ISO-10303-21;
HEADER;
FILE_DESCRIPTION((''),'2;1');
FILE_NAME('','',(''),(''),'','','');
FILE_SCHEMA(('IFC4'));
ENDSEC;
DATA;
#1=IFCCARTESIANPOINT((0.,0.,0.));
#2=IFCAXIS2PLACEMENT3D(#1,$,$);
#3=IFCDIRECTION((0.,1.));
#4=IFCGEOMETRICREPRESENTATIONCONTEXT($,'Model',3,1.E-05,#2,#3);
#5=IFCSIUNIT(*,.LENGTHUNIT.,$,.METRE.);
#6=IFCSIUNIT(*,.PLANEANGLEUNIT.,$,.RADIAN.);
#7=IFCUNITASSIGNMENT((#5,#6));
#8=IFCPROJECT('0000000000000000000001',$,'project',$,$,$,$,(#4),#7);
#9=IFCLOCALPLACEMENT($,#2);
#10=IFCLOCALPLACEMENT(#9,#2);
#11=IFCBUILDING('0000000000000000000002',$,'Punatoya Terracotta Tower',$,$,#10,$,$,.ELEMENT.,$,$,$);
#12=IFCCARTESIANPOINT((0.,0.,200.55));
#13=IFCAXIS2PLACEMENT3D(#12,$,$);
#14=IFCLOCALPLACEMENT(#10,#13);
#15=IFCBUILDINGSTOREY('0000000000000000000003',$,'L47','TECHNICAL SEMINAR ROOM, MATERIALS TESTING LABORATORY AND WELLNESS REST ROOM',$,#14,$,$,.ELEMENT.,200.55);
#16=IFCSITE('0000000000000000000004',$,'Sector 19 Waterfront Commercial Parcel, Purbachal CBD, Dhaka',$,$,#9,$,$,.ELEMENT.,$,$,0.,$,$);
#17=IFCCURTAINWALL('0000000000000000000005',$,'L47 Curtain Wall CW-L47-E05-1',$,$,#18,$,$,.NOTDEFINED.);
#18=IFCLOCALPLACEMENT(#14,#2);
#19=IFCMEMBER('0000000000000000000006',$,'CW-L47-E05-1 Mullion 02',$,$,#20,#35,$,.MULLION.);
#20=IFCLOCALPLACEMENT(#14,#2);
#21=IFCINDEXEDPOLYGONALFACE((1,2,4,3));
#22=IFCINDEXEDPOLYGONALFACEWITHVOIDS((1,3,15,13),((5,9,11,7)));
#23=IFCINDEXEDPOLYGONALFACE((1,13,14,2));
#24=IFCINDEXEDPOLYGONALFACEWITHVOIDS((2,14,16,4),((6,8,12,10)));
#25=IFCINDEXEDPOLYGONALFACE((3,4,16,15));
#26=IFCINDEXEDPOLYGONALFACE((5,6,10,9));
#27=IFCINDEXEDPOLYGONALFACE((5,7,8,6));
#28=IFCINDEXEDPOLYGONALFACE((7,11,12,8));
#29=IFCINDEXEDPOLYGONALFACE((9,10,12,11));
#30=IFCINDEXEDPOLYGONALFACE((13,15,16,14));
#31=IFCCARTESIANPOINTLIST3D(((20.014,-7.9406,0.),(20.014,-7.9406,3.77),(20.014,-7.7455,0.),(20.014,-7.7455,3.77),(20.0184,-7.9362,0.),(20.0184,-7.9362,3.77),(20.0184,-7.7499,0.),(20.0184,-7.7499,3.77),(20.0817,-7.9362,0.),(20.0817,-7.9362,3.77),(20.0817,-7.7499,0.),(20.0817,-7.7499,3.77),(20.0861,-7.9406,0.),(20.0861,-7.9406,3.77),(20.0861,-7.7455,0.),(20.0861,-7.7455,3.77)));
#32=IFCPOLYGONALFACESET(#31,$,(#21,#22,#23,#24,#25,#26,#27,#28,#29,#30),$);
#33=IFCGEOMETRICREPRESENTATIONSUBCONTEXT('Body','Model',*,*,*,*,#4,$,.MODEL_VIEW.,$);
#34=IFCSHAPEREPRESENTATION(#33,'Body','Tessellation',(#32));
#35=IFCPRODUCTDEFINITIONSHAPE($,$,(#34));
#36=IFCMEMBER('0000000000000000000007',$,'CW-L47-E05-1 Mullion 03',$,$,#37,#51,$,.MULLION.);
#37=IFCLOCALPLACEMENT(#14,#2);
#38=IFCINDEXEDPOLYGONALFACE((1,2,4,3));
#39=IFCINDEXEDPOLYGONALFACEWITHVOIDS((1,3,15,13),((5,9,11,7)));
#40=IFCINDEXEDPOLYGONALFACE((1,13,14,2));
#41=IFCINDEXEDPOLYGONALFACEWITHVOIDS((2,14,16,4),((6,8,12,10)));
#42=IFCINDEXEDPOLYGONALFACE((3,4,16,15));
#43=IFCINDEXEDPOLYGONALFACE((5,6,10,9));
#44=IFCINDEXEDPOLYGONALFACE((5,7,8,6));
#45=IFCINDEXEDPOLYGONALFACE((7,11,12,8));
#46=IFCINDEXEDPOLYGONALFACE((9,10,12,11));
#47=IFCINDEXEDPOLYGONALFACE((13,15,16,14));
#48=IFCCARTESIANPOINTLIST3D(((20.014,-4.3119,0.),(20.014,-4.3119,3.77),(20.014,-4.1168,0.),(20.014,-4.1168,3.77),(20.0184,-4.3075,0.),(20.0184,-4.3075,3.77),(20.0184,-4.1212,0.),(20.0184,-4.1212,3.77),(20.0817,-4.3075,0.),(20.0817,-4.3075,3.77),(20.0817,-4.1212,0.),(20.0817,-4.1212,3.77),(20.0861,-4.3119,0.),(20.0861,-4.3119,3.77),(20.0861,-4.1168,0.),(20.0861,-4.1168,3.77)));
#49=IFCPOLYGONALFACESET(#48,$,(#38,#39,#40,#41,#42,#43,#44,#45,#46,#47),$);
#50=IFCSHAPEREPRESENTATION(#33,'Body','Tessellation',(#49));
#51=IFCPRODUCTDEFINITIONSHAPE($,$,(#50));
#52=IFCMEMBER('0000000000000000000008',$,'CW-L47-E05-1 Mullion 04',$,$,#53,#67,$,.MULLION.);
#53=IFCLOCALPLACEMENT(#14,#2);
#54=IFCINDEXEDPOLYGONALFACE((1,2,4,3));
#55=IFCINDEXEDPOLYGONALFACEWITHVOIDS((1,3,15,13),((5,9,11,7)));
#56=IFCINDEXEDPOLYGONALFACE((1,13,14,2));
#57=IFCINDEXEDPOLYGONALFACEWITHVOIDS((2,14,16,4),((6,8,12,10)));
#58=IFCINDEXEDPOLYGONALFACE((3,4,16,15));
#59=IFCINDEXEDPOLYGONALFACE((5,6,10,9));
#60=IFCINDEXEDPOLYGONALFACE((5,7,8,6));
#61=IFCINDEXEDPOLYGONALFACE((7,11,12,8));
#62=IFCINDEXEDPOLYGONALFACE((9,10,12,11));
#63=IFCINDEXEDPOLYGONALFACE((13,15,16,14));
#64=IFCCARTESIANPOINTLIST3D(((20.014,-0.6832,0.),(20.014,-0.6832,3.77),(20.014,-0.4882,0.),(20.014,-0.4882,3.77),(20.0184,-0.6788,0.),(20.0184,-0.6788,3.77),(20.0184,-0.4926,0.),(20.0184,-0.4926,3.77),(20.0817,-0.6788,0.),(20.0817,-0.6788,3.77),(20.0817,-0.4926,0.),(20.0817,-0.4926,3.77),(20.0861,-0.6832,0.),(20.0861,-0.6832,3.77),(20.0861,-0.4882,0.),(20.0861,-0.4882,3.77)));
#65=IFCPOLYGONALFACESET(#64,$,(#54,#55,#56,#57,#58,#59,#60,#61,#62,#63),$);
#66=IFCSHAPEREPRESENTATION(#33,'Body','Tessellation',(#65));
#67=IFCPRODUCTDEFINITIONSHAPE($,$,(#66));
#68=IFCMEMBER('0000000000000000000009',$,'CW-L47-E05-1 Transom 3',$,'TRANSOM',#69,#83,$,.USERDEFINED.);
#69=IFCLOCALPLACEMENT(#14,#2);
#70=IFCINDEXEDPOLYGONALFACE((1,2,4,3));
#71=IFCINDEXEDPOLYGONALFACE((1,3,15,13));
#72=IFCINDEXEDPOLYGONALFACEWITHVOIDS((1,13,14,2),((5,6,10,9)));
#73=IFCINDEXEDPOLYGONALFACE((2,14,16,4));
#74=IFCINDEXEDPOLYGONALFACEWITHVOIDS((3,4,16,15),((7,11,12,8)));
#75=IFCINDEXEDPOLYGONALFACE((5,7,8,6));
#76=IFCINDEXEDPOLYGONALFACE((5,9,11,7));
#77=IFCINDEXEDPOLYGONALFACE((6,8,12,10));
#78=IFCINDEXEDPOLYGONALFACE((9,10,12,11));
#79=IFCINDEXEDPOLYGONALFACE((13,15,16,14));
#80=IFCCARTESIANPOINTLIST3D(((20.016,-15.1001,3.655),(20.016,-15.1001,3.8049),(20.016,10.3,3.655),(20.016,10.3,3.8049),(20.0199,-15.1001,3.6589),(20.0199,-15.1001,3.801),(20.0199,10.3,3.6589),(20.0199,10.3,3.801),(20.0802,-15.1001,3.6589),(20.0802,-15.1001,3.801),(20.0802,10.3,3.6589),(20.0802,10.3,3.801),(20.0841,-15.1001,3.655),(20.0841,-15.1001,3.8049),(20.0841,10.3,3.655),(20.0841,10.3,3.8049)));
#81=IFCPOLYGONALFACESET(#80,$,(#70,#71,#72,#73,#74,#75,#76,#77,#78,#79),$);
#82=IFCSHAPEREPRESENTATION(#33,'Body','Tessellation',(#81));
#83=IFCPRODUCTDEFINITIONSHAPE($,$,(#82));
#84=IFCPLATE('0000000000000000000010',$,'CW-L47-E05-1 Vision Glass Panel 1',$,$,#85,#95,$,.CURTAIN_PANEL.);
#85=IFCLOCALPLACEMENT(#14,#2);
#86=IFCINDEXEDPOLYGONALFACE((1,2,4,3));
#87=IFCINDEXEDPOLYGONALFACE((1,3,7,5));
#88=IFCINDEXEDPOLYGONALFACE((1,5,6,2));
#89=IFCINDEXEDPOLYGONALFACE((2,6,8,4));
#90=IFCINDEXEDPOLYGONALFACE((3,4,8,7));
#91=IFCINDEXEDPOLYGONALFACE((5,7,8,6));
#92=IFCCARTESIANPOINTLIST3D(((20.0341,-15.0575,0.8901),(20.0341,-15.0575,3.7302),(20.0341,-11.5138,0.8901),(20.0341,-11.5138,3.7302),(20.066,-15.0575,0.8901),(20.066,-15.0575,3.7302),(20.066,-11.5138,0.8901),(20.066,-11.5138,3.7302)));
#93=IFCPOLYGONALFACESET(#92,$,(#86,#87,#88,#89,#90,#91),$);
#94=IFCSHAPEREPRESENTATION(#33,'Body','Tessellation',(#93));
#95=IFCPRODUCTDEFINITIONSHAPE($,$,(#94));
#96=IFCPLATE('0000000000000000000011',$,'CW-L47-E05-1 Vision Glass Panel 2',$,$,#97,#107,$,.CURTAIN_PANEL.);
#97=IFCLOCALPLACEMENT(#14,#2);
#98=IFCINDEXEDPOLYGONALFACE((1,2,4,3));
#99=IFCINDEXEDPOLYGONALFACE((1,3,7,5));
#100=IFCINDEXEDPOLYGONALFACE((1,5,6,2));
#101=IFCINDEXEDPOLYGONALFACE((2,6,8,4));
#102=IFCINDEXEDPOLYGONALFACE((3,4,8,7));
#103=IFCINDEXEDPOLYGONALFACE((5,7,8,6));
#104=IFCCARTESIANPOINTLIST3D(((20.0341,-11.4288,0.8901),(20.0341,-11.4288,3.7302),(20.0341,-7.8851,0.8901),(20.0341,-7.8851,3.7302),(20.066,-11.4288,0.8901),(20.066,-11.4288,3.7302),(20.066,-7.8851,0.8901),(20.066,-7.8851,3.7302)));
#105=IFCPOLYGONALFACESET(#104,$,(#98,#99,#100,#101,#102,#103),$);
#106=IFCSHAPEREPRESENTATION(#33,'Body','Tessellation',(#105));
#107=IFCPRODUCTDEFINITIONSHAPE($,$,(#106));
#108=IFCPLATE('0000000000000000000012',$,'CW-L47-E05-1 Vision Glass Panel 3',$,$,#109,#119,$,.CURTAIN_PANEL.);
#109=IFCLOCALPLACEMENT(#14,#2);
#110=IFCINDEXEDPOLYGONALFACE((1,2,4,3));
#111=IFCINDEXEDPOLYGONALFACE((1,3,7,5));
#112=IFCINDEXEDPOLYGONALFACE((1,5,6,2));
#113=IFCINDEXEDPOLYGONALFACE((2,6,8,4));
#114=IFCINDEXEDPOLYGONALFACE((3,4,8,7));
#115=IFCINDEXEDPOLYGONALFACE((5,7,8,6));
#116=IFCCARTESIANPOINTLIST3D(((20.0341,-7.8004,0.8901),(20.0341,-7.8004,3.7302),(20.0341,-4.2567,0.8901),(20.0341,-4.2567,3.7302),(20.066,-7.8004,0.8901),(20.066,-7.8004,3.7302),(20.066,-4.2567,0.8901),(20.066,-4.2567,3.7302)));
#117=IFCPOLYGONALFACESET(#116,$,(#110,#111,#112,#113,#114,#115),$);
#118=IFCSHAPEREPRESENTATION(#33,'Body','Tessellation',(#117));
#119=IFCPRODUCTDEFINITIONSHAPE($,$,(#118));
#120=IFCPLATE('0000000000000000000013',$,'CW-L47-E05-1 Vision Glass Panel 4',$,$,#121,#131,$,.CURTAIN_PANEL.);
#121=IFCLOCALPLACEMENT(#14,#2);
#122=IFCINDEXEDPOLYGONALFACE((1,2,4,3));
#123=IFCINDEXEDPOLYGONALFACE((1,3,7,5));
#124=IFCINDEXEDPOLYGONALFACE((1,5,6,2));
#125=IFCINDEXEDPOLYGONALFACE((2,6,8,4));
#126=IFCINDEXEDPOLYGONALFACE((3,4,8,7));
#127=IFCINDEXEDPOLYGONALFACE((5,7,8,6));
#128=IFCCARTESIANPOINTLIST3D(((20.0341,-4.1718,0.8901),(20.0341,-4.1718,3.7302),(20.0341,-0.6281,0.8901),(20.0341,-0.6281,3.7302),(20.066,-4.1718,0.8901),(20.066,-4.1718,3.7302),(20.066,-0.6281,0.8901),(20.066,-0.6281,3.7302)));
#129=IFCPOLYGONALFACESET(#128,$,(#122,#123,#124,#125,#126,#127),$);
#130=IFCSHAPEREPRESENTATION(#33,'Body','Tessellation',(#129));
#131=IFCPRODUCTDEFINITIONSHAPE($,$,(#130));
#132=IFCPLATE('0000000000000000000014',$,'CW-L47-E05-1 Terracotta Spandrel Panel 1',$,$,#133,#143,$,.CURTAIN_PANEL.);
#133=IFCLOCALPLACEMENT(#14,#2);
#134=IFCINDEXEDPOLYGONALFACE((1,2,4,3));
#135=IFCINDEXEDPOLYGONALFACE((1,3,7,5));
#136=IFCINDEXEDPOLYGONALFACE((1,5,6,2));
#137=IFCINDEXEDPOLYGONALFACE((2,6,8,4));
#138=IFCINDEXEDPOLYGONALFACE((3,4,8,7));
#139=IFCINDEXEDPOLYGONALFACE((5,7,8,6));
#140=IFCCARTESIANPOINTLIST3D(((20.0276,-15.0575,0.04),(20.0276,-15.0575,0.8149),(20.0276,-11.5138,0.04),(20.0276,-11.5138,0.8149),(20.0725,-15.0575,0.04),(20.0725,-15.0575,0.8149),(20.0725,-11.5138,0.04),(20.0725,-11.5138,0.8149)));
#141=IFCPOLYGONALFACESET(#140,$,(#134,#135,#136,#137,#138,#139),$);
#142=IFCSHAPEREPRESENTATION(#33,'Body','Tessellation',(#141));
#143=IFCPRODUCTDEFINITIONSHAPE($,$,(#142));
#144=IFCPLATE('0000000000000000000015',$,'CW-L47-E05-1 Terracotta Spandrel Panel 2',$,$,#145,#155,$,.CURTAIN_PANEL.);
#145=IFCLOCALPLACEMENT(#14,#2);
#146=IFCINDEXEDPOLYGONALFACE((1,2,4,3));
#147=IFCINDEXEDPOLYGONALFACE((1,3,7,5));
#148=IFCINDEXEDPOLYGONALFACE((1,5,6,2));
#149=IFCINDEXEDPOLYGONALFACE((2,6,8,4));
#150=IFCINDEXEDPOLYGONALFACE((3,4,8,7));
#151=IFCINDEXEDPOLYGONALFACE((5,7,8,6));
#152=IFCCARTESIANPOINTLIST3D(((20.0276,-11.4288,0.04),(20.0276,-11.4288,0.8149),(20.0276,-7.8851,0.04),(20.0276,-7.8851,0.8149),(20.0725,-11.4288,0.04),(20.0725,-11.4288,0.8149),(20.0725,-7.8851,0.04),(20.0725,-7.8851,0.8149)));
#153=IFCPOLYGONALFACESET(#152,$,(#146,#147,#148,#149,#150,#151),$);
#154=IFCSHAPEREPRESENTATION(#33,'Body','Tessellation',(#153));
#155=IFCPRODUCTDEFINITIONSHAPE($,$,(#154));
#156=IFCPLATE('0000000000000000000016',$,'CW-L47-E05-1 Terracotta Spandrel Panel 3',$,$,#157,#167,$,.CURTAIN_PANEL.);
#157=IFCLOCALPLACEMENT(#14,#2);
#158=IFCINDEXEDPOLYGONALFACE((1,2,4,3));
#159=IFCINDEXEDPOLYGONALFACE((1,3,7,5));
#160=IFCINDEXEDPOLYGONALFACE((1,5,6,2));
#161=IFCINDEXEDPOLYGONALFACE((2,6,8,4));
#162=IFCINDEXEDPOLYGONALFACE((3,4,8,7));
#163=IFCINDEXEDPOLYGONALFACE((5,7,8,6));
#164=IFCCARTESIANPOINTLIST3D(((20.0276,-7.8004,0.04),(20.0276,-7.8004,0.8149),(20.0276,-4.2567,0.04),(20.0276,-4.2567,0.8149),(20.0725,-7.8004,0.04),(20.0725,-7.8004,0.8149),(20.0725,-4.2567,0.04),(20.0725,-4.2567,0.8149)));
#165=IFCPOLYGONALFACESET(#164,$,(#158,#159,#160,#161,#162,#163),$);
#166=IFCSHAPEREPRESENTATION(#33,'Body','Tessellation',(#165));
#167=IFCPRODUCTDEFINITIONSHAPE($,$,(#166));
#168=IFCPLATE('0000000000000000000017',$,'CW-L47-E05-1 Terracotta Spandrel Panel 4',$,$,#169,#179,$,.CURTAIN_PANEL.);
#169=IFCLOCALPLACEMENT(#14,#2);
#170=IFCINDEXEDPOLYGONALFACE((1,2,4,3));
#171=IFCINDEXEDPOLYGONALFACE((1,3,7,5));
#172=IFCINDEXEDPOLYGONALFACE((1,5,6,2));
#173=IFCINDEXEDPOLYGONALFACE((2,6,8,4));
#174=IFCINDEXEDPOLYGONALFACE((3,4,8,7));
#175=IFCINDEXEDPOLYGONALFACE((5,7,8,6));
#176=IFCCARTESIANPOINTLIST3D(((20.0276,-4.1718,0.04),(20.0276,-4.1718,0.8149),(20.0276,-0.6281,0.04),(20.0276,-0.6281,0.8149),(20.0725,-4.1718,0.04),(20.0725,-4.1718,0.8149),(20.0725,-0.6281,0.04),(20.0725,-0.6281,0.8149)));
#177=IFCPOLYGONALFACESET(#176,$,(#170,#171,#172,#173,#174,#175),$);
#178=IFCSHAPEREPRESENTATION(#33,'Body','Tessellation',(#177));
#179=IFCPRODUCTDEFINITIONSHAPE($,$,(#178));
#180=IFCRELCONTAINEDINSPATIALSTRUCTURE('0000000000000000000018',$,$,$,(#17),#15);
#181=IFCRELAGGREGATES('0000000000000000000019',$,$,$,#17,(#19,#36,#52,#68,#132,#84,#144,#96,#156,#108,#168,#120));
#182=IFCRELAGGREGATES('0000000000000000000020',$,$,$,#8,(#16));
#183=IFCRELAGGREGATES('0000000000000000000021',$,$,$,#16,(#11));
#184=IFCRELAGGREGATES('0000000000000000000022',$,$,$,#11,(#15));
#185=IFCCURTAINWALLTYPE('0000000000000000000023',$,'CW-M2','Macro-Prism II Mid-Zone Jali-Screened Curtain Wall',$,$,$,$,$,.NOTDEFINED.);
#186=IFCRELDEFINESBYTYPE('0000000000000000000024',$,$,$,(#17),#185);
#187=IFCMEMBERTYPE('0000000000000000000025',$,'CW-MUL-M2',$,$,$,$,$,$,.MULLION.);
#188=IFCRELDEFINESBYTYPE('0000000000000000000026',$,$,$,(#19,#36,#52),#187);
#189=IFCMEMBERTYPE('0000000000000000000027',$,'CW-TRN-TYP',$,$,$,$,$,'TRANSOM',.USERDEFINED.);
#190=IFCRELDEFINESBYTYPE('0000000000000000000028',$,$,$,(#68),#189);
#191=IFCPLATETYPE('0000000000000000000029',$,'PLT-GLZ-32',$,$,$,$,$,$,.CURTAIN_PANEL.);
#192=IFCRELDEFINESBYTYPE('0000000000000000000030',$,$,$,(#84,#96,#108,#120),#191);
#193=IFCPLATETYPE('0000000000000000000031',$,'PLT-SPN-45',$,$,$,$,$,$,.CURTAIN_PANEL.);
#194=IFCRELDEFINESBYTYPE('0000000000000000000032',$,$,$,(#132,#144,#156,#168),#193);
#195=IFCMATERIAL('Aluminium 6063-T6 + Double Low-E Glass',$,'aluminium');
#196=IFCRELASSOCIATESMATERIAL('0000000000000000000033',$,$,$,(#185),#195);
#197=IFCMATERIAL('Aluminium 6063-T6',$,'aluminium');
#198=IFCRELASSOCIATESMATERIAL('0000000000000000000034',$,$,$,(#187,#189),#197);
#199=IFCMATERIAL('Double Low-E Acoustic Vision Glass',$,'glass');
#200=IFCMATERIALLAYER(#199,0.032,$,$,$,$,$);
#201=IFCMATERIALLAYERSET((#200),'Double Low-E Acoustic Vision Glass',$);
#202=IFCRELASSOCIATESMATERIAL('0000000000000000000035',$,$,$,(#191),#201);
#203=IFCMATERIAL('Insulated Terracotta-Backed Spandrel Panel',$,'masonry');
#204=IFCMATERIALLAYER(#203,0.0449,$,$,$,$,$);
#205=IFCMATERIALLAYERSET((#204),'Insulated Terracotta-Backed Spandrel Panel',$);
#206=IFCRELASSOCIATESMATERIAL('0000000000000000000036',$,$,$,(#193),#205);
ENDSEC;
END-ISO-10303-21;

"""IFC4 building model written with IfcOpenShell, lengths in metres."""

from ifc_helpers import new_model, si_unit, direction, frame, origin, origin_2d, place, context, subcontext, project, spatial, rectangle, hollow_rectangle, extrude, material, layer, layer_set, material_profile, profile_set, type_object, element, aggregate, save


model = new_model("IFC4")

# Units and contexts
model_context = context("Model", 3, precision=1e-05, world=origin(), true_north=direction((0.0, 1.0)))
body_context = subcontext(model_context, "Body", "Model", "MODEL_VIEW")
ifc_project = project(units=[si_unit("LENGTHUNIT", "METRE"), si_unit("PLANEANGLEUNIT", "RADIAN")], contexts=[model_context])

# Site, building, storey
site_placement = place(None, origin())
site = spatial("IfcSite", under=ifc_project, at=site_placement, Name="Sector 19 Waterfront Commercial Parcel, Purbachal CBD, Dhaka", CompositionType="ELEMENT", RefElevation=0.0)
building_placement = place(site_placement, origin())
building = spatial("IfcBuilding", under=site, at=building_placement, Name="Punatoya Terracotta Tower", CompositionType="ELEMENT")
storey_placement = place(building_placement, frame((0.0, 0.0, 200.55)))
storey = spatial("IfcBuildingStorey", under=building, at=storey_placement, Name="L47", Description="TECHNICAL SEMINAR ROOM, MATERIALS TESTING LABORATORY AND WELLNESS REST ROOM", CompositionType="ELEMENT", Elevation=200.55)

# Curtain wall, members, plates
ifc_material_1 = material(Name="Aluminium 6063-T6 + Double Low-E Glass", Category="aluminium")
curtain_wall_type = type_object("IfcCurtainWallType", Name="CW-M2", Description="Macro-Prism II Mid-Zone Jali-Screened Curtain Wall", PredefinedType="NOTDEFINED", material=ifc_material_1)
curtain_wall_placement = place(storey_placement, origin())
curtain_wall = element("IfcCurtainWall", 1, at=curtain_wall_placement, inside=storey, type_object=curtain_wall_type, Name="L47 Curtain Wall CW-L47-E05-1", PredefinedType="NOTDEFINED")
ifc_material_2 = material(Name="Aluminium 6063-T6", Category="aluminium")
ifc_material_profile_1 = material_profile(ifc_material_2, hollow_rectangle(XDim=0.072, YDim=0.1951, WallThickness=0.0044, at=origin_2d()))
ifc_profile_set_1 = profile_set([ifc_material_profile_1], Name="Aluminium 6063-T6")
member_type_1 = type_object("IfcMemberType", Name="CW-MUL-M2", PredefinedType="MULLION", material=ifc_profile_set_1)
member_1_placement = place(storey_placement, frame((20.05, -7.843, 0.0), z_axis=(0.0, 0.0, 1.0), x_axis=(1.0, 0.0, 0.0)))
member_1 = element("IfcMember", 2, at=member_1_placement, type_object=member_type_1, Name="CW-L47-E05-1 Mullion 02", PredefinedType="MULLION", context=body_context, shape_type="SweptSolid", body=[
    extrude(hollow_rectangle(XDim=0.072, YDim=0.1951, WallThickness=0.0044, at=origin_2d()), origin(), (0.0, 0.0, 1.0), 3.77),
])
member_2_placement = place(storey_placement, frame((20.05, -4.2144, 0.0), z_axis=(0.0, 0.0, 1.0), x_axis=(1.0, 0.0, 0.0)))
member_2 = element("IfcMember", 3, at=member_2_placement, type_object=member_type_1, Name="CW-L47-E05-1 Mullion 03", PredefinedType="MULLION", context=body_context, shape_type="SweptSolid", body=[
    extrude(hollow_rectangle(XDim=0.072, YDim=0.1951, WallThickness=0.0044, at=origin_2d()), origin(), (0.0, 0.0, 1.0), 3.77),
])
member_3_placement = place(storey_placement, frame((20.05, -0.5857, 0.0), z_axis=(0.0, 0.0, 1.0), x_axis=(1.0, 0.0, 0.0)))
member_3 = element("IfcMember", 4, at=member_3_placement, type_object=member_type_1, Name="CW-L47-E05-1 Mullion 04", PredefinedType="MULLION", context=body_context, shape_type="SweptSolid", body=[
    extrude(hollow_rectangle(XDim=0.072, YDim=0.1951, WallThickness=0.0044, at=origin_2d()), origin(), (0.0, 0.0, 1.0), 3.77),
])
ifc_material_profile_2 = material_profile(ifc_material_2, hollow_rectangle(XDim=0.0681, YDim=0.1499, WallThickness=0.0039, at=origin_2d()))
ifc_profile_set_2 = profile_set([ifc_material_profile_2], Name="Aluminium 6063-T6")
member_type_2 = type_object("IfcMemberType", Name="CW-TRN-TYP", ElementType="TRANSOM", PredefinedType="USERDEFINED", material=ifc_profile_set_2)
member_4_placement = place(storey_placement, frame((20.05, -15.1001, 3.73), z_axis=(0.0, 1.0, 0.0), x_axis=(-1.0, 0.0, 0.0)))
member_4 = element("IfcMember", 5, at=member_4_placement, type_object=member_type_2, Name="CW-L47-E05-1 Transom 3", ObjectType="TRANSOM", PredefinedType="USERDEFINED", context=body_context, shape_type="SweptSolid", body=[
    extrude(hollow_rectangle(XDim=0.0681, YDim=0.1499, WallThickness=0.0039, at=origin_2d()), origin(), (0.0, 0.0, 1.0), 25.4001),
])
ifc_material_3 = material(Name="Double Low-E Acoustic Vision Glass", Category="glass")
ifc_layer_1 = layer(ifc_material_3, 0.032)
ifc_layer_set_1 = layer_set([ifc_layer_1], Name="Double Low-E Acoustic Vision Glass")
plate_type_1 = type_object("IfcPlateType", Name="PLT-GLZ-32", PredefinedType="CURTAIN_PANEL", material=ifc_layer_set_1)
plate_1_placement = place(storey_placement, frame((20.05, -13.2856, 0.8901), z_axis=(0.0, 0.0, 1.0), x_axis=(0.0, 1.0, 0.0)))
plate_1 = element("IfcPlate", 6, at=plate_1_placement, type_object=plate_type_1, Name="CW-L47-E05-1 Vision Glass Panel 1", PredefinedType="CURTAIN_PANEL", context=body_context, shape_type="SweptSolid", body=[
    extrude(rectangle(XDim=3.5437, YDim=0.032, at=origin_2d()), origin(), (0.0, 0.0, 1.0), 2.8401),
])
plate_2_placement = place(storey_placement, frame((20.05, -9.657, 0.8901), z_axis=(0.0, 0.0, 1.0), x_axis=(0.0, 1.0, 0.0)))
plate_2 = element("IfcPlate", 7, at=plate_2_placement, type_object=plate_type_1, Name="CW-L47-E05-1 Vision Glass Panel 2", PredefinedType="CURTAIN_PANEL", context=body_context, shape_type="SweptSolid", body=[
    extrude(rectangle(XDim=3.5437, YDim=0.032, at=origin_2d()), origin(), (0.0, 0.0, 1.0), 2.8401),
])
plate_3_placement = place(storey_placement, frame((20.05, -6.0286, 0.8901), z_axis=(0.0, 0.0, 1.0), x_axis=(0.0, 1.0, 0.0)))
plate_3 = element("IfcPlate", 8, at=plate_3_placement, type_object=plate_type_1, Name="CW-L47-E05-1 Vision Glass Panel 3", PredefinedType="CURTAIN_PANEL", context=body_context, shape_type="SweptSolid", body=[
    extrude(rectangle(XDim=3.5437, YDim=0.032, at=origin_2d()), origin(), (0.0, 0.0, 1.0), 2.8401),
])
plate_4_placement = place(storey_placement, frame((20.05, -2.3999, 0.8901), z_axis=(0.0, 0.0, 1.0), x_axis=(0.0, 1.0, 0.0)))
plate_4 = element("IfcPlate", 9, at=plate_4_placement, type_object=plate_type_1, Name="CW-L47-E05-1 Vision Glass Panel 4", PredefinedType="CURTAIN_PANEL", context=body_context, shape_type="SweptSolid", body=[
    extrude(rectangle(XDim=3.5437, YDim=0.032, at=origin_2d()), origin(), (0.0, 0.0, 1.0), 2.8401),
])
ifc_material_4 = material(Name="Insulated Terracotta-Backed Spandrel Panel", Category="masonry")
ifc_layer_2 = layer(ifc_material_4, 0.0449)
ifc_layer_set_2 = layer_set([ifc_layer_2], Name="Insulated Terracotta-Backed Spandrel Panel")
plate_type_2 = type_object("IfcPlateType", Name="PLT-SPN-45", PredefinedType="CURTAIN_PANEL", material=ifc_layer_set_2)
plate_5_placement = place(storey_placement, frame((20.05, -13.2856, 0.04), z_axis=(0.0, 0.0, 1.0), x_axis=(0.0, 1.0, 0.0)))
plate_5 = element("IfcPlate", 10, at=plate_5_placement, type_object=plate_type_2, Name="CW-L47-E05-1 Terracotta Spandrel Panel 1", PredefinedType="CURTAIN_PANEL", context=body_context, shape_type="SweptSolid", body=[
    extrude(rectangle(XDim=3.5437, YDim=0.0449, at=origin_2d()), origin(), (0.0, 0.0, 1.0), 0.7749),
])
plate_6_placement = place(storey_placement, frame((20.05, -9.657, 0.04), z_axis=(0.0, 0.0, 1.0), x_axis=(0.0, 1.0, 0.0)))
plate_6 = element("IfcPlate", 11, at=plate_6_placement, type_object=plate_type_2, Name="CW-L47-E05-1 Terracotta Spandrel Panel 2", PredefinedType="CURTAIN_PANEL", context=body_context, shape_type="SweptSolid", body=[
    extrude(rectangle(XDim=3.5437, YDim=0.0449, at=origin_2d()), origin(), (0.0, 0.0, 1.0), 0.7749),
])
plate_7_placement = place(storey_placement, frame((20.05, -6.0286, 0.04), z_axis=(0.0, 0.0, 1.0), x_axis=(0.0, 1.0, 0.0)))
plate_7 = element("IfcPlate", 12, at=plate_7_placement, type_object=plate_type_2, Name="CW-L47-E05-1 Terracotta Spandrel Panel 3", PredefinedType="CURTAIN_PANEL", context=body_context, shape_type="SweptSolid", body=[
    extrude(rectangle(XDim=3.5437, YDim=0.0449, at=origin_2d()), origin(), (0.0, 0.0, 1.0), 0.7749),
])
plate_8_placement = place(storey_placement, frame((20.05, -2.3999, 0.04), z_axis=(0.0, 0.0, 1.0), x_axis=(0.0, 1.0, 0.0)))
plate_8 = element("IfcPlate", 13, at=plate_8_placement, type_object=plate_type_2, Name="CW-L47-E05-1 Terracotta Spandrel Panel 4", PredefinedType="CURTAIN_PANEL", context=body_context, shape_type="SweptSolid", body=[
    extrude(rectangle(XDim=3.5437, YDim=0.0449, at=origin_2d()), origin(), (0.0, 0.0, 1.0), 0.7749),
])
aggregate(curtain_wall, [member_1, member_2, member_3, member_4, plate_5, plate_1, plate_6, plate_2, plate_7, plate_3, plate_8, plate_4])

save(model, "model.ifc")
